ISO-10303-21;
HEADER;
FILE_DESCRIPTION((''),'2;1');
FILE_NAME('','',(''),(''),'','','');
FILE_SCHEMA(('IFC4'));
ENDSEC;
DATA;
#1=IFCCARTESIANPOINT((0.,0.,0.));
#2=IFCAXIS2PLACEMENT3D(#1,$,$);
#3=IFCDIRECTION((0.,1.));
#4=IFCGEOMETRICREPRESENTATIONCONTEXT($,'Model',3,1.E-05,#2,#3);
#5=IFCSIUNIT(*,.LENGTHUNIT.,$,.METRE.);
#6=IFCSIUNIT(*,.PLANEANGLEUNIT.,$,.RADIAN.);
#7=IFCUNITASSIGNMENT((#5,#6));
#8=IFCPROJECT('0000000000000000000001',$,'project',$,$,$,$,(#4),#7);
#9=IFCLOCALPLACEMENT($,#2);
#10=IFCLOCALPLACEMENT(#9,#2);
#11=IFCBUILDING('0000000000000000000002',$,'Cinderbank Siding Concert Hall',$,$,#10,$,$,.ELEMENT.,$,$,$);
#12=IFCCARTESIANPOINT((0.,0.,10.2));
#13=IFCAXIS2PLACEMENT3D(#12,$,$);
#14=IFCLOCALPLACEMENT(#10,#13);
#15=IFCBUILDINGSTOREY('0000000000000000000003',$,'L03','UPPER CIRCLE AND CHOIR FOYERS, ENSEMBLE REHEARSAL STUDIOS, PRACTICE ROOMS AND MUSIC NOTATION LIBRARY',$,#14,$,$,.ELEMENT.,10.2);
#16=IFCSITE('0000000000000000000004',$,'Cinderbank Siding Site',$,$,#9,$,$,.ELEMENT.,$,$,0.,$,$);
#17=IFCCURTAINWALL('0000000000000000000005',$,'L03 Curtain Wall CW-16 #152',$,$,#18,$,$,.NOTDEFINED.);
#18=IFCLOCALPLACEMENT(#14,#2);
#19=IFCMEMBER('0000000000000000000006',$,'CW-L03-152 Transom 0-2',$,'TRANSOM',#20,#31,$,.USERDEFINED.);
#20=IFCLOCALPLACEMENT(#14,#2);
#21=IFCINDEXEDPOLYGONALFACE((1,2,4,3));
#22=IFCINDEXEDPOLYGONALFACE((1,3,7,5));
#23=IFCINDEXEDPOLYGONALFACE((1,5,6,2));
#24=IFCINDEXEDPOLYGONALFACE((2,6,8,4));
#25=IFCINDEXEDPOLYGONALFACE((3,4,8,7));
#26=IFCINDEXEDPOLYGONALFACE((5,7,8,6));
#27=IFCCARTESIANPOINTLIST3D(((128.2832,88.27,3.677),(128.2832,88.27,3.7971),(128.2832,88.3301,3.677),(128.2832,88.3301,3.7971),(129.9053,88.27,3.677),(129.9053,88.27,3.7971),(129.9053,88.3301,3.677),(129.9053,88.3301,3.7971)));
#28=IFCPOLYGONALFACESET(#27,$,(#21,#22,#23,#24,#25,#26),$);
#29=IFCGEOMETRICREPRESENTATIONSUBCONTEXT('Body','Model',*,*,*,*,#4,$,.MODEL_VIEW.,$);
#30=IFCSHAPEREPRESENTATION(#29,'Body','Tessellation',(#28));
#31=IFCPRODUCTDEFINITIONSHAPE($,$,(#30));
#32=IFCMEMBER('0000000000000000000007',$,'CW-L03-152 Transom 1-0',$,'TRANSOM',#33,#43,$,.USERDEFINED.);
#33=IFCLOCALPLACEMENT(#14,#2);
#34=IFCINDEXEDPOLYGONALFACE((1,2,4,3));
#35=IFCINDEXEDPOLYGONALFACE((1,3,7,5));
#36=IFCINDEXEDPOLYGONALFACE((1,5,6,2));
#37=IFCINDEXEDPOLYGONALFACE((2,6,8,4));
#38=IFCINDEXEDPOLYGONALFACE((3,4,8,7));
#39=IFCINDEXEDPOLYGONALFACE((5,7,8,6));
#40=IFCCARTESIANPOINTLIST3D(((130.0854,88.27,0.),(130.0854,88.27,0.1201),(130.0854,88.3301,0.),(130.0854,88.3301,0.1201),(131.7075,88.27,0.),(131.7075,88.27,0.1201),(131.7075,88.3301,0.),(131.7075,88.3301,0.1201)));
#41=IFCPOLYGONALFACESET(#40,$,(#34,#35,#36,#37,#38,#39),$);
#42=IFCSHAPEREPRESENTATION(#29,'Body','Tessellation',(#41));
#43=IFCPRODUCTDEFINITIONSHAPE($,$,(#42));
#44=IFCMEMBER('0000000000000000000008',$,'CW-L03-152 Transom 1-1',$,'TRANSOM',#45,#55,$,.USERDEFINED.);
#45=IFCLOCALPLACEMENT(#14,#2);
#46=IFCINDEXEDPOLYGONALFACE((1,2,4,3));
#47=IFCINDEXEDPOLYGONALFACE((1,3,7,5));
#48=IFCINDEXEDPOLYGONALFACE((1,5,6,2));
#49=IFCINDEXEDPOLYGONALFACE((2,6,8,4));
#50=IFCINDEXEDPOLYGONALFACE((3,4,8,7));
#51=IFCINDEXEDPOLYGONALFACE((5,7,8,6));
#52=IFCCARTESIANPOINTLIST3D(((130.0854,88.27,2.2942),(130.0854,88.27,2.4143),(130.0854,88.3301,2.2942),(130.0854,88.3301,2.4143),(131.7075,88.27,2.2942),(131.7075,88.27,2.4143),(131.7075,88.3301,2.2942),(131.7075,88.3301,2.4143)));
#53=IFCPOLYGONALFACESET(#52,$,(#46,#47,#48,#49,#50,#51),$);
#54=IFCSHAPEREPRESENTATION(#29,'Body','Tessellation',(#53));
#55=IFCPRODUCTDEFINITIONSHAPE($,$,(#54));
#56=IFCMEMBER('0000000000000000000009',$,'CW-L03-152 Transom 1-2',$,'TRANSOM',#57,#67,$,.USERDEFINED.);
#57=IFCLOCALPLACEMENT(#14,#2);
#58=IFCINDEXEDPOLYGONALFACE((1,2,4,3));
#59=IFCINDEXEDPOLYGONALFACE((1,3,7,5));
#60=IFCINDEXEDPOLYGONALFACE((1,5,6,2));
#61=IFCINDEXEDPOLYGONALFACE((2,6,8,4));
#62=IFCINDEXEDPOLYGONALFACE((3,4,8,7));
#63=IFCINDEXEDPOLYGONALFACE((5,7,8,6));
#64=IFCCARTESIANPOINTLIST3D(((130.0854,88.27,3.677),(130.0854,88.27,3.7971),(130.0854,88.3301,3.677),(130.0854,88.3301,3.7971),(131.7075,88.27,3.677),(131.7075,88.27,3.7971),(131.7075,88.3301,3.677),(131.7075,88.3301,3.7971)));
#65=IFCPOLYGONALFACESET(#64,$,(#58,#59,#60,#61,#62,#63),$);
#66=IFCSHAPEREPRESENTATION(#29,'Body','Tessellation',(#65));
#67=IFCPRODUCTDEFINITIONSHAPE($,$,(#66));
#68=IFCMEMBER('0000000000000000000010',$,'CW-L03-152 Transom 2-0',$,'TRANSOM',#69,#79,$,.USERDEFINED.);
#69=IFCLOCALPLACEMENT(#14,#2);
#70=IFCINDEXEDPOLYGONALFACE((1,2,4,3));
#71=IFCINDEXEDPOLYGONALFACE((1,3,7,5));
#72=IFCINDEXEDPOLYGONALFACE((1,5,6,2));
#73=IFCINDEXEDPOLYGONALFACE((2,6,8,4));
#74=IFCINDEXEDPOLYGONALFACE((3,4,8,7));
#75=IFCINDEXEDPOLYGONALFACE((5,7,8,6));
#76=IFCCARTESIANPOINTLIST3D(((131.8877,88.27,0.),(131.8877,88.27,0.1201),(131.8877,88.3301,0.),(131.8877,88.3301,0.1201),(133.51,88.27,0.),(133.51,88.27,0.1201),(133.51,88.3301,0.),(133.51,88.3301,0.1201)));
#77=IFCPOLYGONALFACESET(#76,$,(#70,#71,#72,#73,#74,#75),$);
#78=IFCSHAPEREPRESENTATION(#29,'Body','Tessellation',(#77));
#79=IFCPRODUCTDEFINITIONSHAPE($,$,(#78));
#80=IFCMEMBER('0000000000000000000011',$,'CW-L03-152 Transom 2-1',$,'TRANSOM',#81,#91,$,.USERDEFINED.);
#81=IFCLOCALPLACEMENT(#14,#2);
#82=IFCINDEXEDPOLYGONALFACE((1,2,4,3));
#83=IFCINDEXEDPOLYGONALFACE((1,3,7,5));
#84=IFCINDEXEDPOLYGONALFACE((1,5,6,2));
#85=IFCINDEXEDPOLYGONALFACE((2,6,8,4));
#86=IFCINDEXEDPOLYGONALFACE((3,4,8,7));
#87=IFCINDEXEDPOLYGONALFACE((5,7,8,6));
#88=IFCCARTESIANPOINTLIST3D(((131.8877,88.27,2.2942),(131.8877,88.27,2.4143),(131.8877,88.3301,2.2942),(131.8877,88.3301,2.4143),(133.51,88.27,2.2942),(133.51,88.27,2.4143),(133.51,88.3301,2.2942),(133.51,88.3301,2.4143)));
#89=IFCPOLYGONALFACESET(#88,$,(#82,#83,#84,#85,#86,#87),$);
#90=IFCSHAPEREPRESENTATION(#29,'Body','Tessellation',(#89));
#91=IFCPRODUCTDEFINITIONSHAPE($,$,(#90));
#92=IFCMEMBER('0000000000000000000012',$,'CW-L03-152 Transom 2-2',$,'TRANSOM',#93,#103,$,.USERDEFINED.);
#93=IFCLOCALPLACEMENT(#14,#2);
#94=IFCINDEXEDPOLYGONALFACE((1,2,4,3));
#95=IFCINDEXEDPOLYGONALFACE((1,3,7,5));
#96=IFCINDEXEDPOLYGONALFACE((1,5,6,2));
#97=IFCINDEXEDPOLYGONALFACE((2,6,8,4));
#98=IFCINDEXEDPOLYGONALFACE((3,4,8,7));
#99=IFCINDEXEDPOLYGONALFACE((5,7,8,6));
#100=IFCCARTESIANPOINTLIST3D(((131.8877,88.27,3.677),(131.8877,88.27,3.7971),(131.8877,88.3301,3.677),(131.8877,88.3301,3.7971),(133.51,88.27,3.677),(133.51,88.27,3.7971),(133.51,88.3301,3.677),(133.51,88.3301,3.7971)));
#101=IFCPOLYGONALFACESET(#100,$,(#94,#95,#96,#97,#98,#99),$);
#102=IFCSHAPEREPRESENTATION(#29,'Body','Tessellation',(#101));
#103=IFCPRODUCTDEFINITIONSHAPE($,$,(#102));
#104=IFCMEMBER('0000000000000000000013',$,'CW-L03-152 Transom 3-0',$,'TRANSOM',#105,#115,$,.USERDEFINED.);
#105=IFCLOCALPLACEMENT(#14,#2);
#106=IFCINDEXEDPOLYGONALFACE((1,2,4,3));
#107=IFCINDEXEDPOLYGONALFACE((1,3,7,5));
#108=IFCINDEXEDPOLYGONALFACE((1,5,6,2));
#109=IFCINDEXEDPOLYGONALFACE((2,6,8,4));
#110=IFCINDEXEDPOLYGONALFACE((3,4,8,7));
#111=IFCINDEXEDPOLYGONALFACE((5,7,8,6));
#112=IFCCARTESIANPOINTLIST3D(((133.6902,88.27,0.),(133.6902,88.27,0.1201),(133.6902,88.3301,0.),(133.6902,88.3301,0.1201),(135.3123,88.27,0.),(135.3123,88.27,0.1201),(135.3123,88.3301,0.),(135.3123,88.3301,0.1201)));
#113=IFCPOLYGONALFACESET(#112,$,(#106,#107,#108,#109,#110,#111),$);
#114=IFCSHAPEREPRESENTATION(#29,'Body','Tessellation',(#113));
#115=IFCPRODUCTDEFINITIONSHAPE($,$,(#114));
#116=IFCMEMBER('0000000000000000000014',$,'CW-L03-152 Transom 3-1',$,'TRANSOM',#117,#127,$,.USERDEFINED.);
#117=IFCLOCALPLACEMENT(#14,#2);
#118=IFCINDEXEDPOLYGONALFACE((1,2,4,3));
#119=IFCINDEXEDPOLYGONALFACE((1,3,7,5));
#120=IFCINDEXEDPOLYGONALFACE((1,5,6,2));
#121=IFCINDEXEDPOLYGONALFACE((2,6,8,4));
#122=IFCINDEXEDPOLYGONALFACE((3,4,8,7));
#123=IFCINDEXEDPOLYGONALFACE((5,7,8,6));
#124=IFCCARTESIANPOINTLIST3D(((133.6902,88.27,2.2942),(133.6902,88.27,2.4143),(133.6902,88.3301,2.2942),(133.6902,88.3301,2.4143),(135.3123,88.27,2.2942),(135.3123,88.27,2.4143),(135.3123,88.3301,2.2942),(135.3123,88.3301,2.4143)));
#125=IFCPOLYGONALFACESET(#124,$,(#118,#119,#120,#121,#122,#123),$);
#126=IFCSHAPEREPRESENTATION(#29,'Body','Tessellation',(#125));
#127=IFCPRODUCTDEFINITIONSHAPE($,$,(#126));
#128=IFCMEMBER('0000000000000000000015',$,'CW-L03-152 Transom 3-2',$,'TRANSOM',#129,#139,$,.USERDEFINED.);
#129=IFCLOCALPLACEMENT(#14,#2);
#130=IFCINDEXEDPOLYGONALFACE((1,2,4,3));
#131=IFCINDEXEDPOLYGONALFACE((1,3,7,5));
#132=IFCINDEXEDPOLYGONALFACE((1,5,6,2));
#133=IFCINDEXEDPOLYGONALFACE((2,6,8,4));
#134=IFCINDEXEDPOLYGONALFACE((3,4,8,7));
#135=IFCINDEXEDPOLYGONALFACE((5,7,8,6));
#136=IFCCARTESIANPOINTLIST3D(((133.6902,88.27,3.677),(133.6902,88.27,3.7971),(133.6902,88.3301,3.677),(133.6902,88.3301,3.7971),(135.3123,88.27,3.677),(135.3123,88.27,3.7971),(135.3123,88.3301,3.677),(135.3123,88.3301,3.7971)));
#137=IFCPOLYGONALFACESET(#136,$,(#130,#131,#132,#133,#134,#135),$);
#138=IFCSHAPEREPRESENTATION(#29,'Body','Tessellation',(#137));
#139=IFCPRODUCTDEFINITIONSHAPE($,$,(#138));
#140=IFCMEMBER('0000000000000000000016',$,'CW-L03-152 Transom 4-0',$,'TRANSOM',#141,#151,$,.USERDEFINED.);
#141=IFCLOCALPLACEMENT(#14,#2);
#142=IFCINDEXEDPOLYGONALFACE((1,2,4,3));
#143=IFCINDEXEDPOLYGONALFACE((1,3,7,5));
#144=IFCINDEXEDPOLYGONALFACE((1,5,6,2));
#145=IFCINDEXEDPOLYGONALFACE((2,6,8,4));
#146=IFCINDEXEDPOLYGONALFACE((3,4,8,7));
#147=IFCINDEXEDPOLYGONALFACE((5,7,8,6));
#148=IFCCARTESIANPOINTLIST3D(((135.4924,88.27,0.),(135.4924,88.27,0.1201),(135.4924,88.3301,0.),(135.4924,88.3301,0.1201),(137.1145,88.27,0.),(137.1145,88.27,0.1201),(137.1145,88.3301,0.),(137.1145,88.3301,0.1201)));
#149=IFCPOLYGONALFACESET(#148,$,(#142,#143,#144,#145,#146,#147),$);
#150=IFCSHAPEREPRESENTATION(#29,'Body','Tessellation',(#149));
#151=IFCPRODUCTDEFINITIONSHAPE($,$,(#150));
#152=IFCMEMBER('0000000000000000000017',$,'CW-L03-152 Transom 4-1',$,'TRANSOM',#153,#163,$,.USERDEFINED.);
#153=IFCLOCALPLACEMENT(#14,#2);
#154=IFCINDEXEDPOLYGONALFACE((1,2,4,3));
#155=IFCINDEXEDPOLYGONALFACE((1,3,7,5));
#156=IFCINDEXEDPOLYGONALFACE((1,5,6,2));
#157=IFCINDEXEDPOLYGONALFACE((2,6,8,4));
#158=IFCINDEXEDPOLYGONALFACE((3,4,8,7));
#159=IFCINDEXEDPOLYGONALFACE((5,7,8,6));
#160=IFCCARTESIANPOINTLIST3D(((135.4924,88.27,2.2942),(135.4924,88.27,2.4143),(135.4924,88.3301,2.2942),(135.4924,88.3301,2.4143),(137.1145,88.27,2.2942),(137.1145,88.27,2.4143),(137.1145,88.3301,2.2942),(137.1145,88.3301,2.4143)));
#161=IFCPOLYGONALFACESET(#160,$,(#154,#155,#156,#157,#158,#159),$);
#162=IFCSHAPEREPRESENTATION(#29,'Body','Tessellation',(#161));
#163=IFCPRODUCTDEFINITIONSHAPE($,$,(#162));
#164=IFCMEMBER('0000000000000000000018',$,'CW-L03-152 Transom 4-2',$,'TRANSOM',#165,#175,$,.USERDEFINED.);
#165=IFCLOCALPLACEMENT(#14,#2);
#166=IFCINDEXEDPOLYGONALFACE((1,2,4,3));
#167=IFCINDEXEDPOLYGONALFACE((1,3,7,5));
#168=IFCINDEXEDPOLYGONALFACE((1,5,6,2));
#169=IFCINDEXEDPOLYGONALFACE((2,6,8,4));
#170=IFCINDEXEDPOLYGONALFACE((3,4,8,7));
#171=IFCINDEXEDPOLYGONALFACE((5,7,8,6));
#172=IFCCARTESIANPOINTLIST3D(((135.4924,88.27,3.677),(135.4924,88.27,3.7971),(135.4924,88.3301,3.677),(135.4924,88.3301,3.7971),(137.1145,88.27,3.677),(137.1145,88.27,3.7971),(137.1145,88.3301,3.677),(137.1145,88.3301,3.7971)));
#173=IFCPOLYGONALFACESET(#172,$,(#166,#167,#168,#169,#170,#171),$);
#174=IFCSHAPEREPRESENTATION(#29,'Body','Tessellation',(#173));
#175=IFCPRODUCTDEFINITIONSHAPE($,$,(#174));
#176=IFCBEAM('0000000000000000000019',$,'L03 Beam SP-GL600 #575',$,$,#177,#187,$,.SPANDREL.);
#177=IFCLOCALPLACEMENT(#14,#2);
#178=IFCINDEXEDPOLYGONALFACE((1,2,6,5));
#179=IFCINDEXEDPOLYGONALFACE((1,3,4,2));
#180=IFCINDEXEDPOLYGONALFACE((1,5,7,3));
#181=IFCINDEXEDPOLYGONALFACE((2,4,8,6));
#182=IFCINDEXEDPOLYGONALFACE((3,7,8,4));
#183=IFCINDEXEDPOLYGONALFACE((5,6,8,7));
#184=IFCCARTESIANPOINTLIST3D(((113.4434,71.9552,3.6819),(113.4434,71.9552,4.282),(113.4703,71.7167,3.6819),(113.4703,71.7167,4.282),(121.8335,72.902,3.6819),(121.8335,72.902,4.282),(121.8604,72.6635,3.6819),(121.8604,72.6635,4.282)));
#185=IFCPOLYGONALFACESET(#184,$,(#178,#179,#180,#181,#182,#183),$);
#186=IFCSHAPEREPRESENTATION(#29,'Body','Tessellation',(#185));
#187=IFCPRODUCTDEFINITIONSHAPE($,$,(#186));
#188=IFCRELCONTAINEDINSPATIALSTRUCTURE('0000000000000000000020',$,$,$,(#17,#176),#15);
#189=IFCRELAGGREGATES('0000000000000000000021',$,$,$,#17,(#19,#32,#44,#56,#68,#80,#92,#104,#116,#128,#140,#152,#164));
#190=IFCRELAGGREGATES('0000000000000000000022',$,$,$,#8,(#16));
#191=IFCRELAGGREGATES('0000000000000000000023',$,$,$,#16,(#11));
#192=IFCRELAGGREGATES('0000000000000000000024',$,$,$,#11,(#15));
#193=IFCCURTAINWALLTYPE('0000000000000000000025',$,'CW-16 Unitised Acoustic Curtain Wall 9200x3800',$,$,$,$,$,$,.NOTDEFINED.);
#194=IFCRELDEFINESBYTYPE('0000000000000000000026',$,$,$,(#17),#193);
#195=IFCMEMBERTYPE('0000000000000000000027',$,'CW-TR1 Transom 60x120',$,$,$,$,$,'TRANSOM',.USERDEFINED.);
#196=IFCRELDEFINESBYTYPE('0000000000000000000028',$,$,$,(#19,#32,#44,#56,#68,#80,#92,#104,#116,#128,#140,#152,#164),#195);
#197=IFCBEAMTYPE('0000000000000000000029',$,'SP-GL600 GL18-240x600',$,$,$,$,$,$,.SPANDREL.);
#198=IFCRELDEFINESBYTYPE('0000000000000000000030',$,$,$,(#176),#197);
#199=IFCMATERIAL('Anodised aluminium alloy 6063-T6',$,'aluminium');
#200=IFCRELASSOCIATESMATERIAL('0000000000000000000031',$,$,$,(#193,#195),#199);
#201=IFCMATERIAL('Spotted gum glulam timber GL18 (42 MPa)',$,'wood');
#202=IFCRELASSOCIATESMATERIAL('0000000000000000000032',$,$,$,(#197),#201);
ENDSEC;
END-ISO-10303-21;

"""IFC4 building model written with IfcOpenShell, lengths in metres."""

from ifc_helpers import new_model, si_unit, direction, frame, origin, origin_2d, place, context, subcontext, project, spatial, rectangle, extrude, material, material_profile, profile_set, type_object, element, aggregate, save


model = new_model("IFC4")

# Units and contexts
model_context = context("Model", 3, precision=1e-05, world=origin(), true_north=direction((0.0, 1.0)))
body_context = subcontext(model_context, "Body", "Model", "MODEL_VIEW")
ifc_project = project(units=[si_unit("LENGTHUNIT", "METRE"), si_unit("PLANEANGLEUNIT", "RADIAN")], contexts=[model_context])

# Site, building, storey
site_placement = place(None, origin())
site = spatial("IfcSite", under=ifc_project, at=site_placement, Name="Cinderbank Siding Site", CompositionType="ELEMENT", RefElevation=0.0)
building_placement = place(site_placement, origin())
building = spatial("IfcBuilding", under=site, at=building_placement, Name="Cinderbank Siding Concert Hall", CompositionType="ELEMENT")
storey_placement = place(building_placement, frame((0.0, 0.0, 10.2)))
storey = spatial("IfcBuildingStorey", under=building, at=storey_placement, Name="L03", Description="UPPER CIRCLE AND CHOIR FOYERS, ENSEMBLE REHEARSAL STUDIOS, PRACTICE ROOMS AND MUSIC NOTATION LIBRARY", CompositionType="ELEMENT", Elevation=10.2)

# Shared definitions
ifc_material_1 = material(Name="Anodised aluminium alloy 6063-T6", Category="aluminium")

# Curtain wall
curtain_wall_type_1 = type_object("IfcCurtainWallType", Name="CW-16 Unitised Acoustic Curtain Wall 9200x3800", PredefinedType="NOTDEFINED", material=ifc_material_1)
curtain_wall_1_placement = place(storey_placement, origin())
curtain_wall_1 = element("IfcCurtainWall", 1, at=curtain_wall_1_placement, inside=storey, type_object=curtain_wall_type_1, Name="L03 Curtain Wall CW-16 #152", PredefinedType="NOTDEFINED")

# Members
ifc_material_profile_1 = material_profile(ifc_material_1, rectangle(XDim=0.0601, YDim=0.1201, at=origin_2d()), Name="ALU-TRAN-60x120", Category="LoadBearing")
ifc_profile_set_1 = profile_set([ifc_material_profile_1], Name="Anodised aluminium alloy 6063-T6")
member_type_1 = type_object("IfcMemberType", Name="CW-TR1 Transom 60x120", ElementType="TRANSOM", PredefinedType="USERDEFINED", material=ifc_profile_set_1)
member_1_placement = place(storey_placement, frame((128.2832, 88.3, 3.7371), z_axis=(1.0, 0.0, 0.0), x_axis=(0.0, 1.0, 0.0)))
member_1 = element("IfcMember", 2, at=member_1_placement, type_object=member_type_1, Name="CW-L03-152 Transom 0-2", ObjectType="TRANSOM", PredefinedType="USERDEFINED", context=body_context, shape_type="SweptSolid", body=[
    extrude(rectangle(XDim=0.0601, YDim=0.1201, at=origin_2d()), origin(), (0.0, 0.0, 1.0), 1.6221),
])
member_2_placement = place(storey_placement, frame((130.0854, 88.3, 0.0601), z_axis=(1.0, 0.0, 0.0), x_axis=(0.0, 1.0, 0.0)))
member_2 = element("IfcMember", 3, at=member_2_placement, type_object=member_type_1, Name="CW-L03-152 Transom 1-0", ObjectType="TRANSOM", PredefinedType="USERDEFINED", context=body_context, shape_type="SweptSolid", body=[
    extrude(rectangle(XDim=0.0601, YDim=0.1201, at=origin_2d()), origin(), (0.0, 0.0, 1.0), 1.6221),
])
member_3_placement = place(storey_placement, frame((130.0854, 88.3, 2.3542), z_axis=(1.0, 0.0, 0.0), x_axis=(0.0, 1.0, 0.0)))
member_3 = element("IfcMember", 4, at=member_3_placement, type_object=member_type_1, Name="CW-L03-152 Transom 1-1", ObjectType="TRANSOM", PredefinedType="USERDEFINED", context=body_context, shape_type="SweptSolid", body=[
    extrude(rectangle(XDim=0.0601, YDim=0.1201, at=origin_2d()), origin(), (0.0, 0.0, 1.0), 1.6221),
])
member_4_placement = place(storey_placement, frame((130.0854, 88.3, 3.7371), z_axis=(1.0, 0.0, 0.0), x_axis=(0.0, 1.0, 0.0)))
member_4 = element("IfcMember", 5, at=member_4_placement, type_object=member_type_1, Name="CW-L03-152 Transom 1-2", ObjectType="TRANSOM", PredefinedType="USERDEFINED", context=body_context, shape_type="SweptSolid", body=[
    extrude(rectangle(XDim=0.0601, YDim=0.1201, at=origin_2d()), origin(), (0.0, 0.0, 1.0), 1.6221),
])
member_5_placement = place(storey_placement, frame((131.8877, 88.3, 0.0601), z_axis=(1.0, 0.0, 0.0), x_axis=(0.0, 1.0, 0.0)))
member_5 = element("IfcMember", 6, at=member_5_placement, type_object=member_type_1, Name="CW-L03-152 Transom 2-0", ObjectType="TRANSOM", PredefinedType="USERDEFINED", context=body_context, shape_type="SweptSolid", body=[
    extrude(rectangle(XDim=0.0601, YDim=0.1201, at=origin_2d()), origin(), (0.0, 0.0, 1.0), 1.6223),
])
member_6_placement = place(storey_placement, frame((131.8877, 88.3, 2.3542), z_axis=(1.0, 0.0, 0.0), x_axis=(0.0, 1.0, 0.0)))
member_6 = element("IfcMember", 7, at=member_6_placement, type_object=member_type_1, Name="CW-L03-152 Transom 2-1", ObjectType="TRANSOM", PredefinedType="USERDEFINED", context=body_context, shape_type="SweptSolid", body=[
    extrude(rectangle(XDim=0.0601, YDim=0.1201, at=origin_2d()), origin(), (0.0, 0.0, 1.0), 1.6223),
])
member_7_placement = place(storey_placement, frame((131.8877, 88.3, 3.7371), z_axis=(1.0, 0.0, 0.0), x_axis=(0.0, 1.0, 0.0)))
member_7 = element("IfcMember", 8, at=member_7_placement, type_object=member_type_1, Name="CW-L03-152 Transom 2-2", ObjectType="TRANSOM", PredefinedType="USERDEFINED", context=body_context, shape_type="SweptSolid", body=[
    extrude(rectangle(XDim=0.0601, YDim=0.1201, at=origin_2d()), origin(), (0.0, 0.0, 1.0), 1.6223),
])
member_8_placement = place(storey_placement, frame((133.6902, 88.3, 0.0601), z_axis=(1.0, 0.0, 0.0), x_axis=(0.0, 1.0, 0.0)))
member_8 = element("IfcMember", 9, at=member_8_placement, type_object=member_type_1, Name="CW-L03-152 Transom 3-0", ObjectType="TRANSOM", PredefinedType="USERDEFINED", context=body_context, shape_type="SweptSolid", body=[
    extrude(rectangle(XDim=0.0601, YDim=0.1201, at=origin_2d()), origin(), (0.0, 0.0, 1.0), 1.6221),
])
member_9_placement = place(storey_placement, frame((133.6902, 88.3, 2.3542), z_axis=(1.0, 0.0, 0.0), x_axis=(0.0, 1.0, 0.0)))
member_9 = element("IfcMember", 10, at=member_9_placement, type_object=member_type_1, Name="CW-L03-152 Transom 3-1", ObjectType="TRANSOM", PredefinedType="USERDEFINED", context=body_context, shape_type="SweptSolid", body=[
    extrude(rectangle(XDim=0.0601, YDim=0.1201, at=origin_2d()), origin(), (0.0, 0.0, 1.0), 1.6221),
])
member_10_placement = place(storey_placement, frame((133.6902, 88.3, 3.7371), z_axis=(1.0, 0.0, 0.0), x_axis=(0.0, 1.0, 0.0)))
member_10 = element("IfcMember", 11, at=member_10_placement, type_object=member_type_1, Name="CW-L03-152 Transom 3-2", ObjectType="TRANSOM", PredefinedType="USERDEFINED", context=body_context, shape_type="SweptSolid", body=[
    extrude(rectangle(XDim=0.0601, YDim=0.1201, at=origin_2d()), origin(), (0.0, 0.0, 1.0), 1.6221),
])
member_11_placement = place(storey_placement, frame((135.4924, 88.3, 0.0601), z_axis=(1.0, 0.0, 0.0), x_axis=(0.0, 1.0, 0.0)))
member_11 = element("IfcMember", 12, at=member_11_placement, type_object=member_type_1, Name="CW-L03-152 Transom 4-0", ObjectType="TRANSOM", PredefinedType="USERDEFINED", context=body_context, shape_type="SweptSolid", body=[
    extrude(rectangle(XDim=0.0601, YDim=0.1201, at=origin_2d()), origin(), (0.0, 0.0, 1.0), 1.6221),
])
member_12_placement = place(storey_placement, frame((135.4924, 88.3, 2.3542), z_axis=(1.0, 0.0, 0.0), x_axis=(0.0, 1.0, 0.0)))
member_12 = element("IfcMember", 13, at=member_12_placement, type_object=member_type_1, Name="CW-L03-152 Transom 4-1", ObjectType="TRANSOM", PredefinedType="USERDEFINED", context=body_context, shape_type="SweptSolid", body=[
    extrude(rectangle(XDim=0.0601, YDim=0.1201, at=origin_2d()), origin(), (0.0, 0.0, 1.0), 1.6221),
])
member_13_placement = place(storey_placement, frame((135.4924, 88.3, 3.7371), z_axis=(1.0, 0.0, 0.0), x_axis=(0.0, 1.0, 0.0)))
member_13 = element("IfcMember", 14, at=member_13_placement, type_object=member_type_1, Name="CW-L03-152 Transom 4-2", ObjectType="TRANSOM", PredefinedType="USERDEFINED", context=body_context, shape_type="SweptSolid", body=[
    extrude(rectangle(XDim=0.0601, YDim=0.1201, at=origin_2d()), origin(), (0.0, 0.0, 1.0), 1.6221),
])

# Beam
ifc_material_2 = material(Name="Spotted gum glulam timber GL18 (42 MPa)", Category="wood")
ifc_material_profile_2 = material_profile(ifc_material_2, rectangle(XDim=0.24, YDim=0.6001, at=origin_2d()), Name="GL18-240x600", Category="LoadBearing")
ifc_profile_set_2 = profile_set([ifc_material_profile_2], Name="Spotted gum glulam timber GL18 (42 MPa)")
beam_type = type_object("IfcBeamType", Name="SP-GL600 GL18-240x600", PredefinedType="SPANDREL", material=ifc_profile_set_2)
beam_placement = place(storey_placement, frame((121.8469, 72.7827, 3.9819), z_axis=(-0.993693, -0.112132, 0.0), x_axis=(0.112132, -0.993693, 0.0)))
element("IfcBeam", 15, at=beam_placement, inside=storey, type_object=beam_type, Name="L03 Beam SP-GL600 #575", PredefinedType="SPANDREL", context=body_context, shape_type="SweptSolid", body=[
    extrude(rectangle(XDim=0.24, YDim=0.6001, at=origin_2d()), origin(), (0.0, 0.0, 1.0), 8.4434),
])

aggregate(curtain_wall_1, [member_1, member_2, member_3, member_4, member_5, member_6, member_7, member_8, member_9, member_10, member_11, member_12, member_13])

save(model, "model.ifc")
